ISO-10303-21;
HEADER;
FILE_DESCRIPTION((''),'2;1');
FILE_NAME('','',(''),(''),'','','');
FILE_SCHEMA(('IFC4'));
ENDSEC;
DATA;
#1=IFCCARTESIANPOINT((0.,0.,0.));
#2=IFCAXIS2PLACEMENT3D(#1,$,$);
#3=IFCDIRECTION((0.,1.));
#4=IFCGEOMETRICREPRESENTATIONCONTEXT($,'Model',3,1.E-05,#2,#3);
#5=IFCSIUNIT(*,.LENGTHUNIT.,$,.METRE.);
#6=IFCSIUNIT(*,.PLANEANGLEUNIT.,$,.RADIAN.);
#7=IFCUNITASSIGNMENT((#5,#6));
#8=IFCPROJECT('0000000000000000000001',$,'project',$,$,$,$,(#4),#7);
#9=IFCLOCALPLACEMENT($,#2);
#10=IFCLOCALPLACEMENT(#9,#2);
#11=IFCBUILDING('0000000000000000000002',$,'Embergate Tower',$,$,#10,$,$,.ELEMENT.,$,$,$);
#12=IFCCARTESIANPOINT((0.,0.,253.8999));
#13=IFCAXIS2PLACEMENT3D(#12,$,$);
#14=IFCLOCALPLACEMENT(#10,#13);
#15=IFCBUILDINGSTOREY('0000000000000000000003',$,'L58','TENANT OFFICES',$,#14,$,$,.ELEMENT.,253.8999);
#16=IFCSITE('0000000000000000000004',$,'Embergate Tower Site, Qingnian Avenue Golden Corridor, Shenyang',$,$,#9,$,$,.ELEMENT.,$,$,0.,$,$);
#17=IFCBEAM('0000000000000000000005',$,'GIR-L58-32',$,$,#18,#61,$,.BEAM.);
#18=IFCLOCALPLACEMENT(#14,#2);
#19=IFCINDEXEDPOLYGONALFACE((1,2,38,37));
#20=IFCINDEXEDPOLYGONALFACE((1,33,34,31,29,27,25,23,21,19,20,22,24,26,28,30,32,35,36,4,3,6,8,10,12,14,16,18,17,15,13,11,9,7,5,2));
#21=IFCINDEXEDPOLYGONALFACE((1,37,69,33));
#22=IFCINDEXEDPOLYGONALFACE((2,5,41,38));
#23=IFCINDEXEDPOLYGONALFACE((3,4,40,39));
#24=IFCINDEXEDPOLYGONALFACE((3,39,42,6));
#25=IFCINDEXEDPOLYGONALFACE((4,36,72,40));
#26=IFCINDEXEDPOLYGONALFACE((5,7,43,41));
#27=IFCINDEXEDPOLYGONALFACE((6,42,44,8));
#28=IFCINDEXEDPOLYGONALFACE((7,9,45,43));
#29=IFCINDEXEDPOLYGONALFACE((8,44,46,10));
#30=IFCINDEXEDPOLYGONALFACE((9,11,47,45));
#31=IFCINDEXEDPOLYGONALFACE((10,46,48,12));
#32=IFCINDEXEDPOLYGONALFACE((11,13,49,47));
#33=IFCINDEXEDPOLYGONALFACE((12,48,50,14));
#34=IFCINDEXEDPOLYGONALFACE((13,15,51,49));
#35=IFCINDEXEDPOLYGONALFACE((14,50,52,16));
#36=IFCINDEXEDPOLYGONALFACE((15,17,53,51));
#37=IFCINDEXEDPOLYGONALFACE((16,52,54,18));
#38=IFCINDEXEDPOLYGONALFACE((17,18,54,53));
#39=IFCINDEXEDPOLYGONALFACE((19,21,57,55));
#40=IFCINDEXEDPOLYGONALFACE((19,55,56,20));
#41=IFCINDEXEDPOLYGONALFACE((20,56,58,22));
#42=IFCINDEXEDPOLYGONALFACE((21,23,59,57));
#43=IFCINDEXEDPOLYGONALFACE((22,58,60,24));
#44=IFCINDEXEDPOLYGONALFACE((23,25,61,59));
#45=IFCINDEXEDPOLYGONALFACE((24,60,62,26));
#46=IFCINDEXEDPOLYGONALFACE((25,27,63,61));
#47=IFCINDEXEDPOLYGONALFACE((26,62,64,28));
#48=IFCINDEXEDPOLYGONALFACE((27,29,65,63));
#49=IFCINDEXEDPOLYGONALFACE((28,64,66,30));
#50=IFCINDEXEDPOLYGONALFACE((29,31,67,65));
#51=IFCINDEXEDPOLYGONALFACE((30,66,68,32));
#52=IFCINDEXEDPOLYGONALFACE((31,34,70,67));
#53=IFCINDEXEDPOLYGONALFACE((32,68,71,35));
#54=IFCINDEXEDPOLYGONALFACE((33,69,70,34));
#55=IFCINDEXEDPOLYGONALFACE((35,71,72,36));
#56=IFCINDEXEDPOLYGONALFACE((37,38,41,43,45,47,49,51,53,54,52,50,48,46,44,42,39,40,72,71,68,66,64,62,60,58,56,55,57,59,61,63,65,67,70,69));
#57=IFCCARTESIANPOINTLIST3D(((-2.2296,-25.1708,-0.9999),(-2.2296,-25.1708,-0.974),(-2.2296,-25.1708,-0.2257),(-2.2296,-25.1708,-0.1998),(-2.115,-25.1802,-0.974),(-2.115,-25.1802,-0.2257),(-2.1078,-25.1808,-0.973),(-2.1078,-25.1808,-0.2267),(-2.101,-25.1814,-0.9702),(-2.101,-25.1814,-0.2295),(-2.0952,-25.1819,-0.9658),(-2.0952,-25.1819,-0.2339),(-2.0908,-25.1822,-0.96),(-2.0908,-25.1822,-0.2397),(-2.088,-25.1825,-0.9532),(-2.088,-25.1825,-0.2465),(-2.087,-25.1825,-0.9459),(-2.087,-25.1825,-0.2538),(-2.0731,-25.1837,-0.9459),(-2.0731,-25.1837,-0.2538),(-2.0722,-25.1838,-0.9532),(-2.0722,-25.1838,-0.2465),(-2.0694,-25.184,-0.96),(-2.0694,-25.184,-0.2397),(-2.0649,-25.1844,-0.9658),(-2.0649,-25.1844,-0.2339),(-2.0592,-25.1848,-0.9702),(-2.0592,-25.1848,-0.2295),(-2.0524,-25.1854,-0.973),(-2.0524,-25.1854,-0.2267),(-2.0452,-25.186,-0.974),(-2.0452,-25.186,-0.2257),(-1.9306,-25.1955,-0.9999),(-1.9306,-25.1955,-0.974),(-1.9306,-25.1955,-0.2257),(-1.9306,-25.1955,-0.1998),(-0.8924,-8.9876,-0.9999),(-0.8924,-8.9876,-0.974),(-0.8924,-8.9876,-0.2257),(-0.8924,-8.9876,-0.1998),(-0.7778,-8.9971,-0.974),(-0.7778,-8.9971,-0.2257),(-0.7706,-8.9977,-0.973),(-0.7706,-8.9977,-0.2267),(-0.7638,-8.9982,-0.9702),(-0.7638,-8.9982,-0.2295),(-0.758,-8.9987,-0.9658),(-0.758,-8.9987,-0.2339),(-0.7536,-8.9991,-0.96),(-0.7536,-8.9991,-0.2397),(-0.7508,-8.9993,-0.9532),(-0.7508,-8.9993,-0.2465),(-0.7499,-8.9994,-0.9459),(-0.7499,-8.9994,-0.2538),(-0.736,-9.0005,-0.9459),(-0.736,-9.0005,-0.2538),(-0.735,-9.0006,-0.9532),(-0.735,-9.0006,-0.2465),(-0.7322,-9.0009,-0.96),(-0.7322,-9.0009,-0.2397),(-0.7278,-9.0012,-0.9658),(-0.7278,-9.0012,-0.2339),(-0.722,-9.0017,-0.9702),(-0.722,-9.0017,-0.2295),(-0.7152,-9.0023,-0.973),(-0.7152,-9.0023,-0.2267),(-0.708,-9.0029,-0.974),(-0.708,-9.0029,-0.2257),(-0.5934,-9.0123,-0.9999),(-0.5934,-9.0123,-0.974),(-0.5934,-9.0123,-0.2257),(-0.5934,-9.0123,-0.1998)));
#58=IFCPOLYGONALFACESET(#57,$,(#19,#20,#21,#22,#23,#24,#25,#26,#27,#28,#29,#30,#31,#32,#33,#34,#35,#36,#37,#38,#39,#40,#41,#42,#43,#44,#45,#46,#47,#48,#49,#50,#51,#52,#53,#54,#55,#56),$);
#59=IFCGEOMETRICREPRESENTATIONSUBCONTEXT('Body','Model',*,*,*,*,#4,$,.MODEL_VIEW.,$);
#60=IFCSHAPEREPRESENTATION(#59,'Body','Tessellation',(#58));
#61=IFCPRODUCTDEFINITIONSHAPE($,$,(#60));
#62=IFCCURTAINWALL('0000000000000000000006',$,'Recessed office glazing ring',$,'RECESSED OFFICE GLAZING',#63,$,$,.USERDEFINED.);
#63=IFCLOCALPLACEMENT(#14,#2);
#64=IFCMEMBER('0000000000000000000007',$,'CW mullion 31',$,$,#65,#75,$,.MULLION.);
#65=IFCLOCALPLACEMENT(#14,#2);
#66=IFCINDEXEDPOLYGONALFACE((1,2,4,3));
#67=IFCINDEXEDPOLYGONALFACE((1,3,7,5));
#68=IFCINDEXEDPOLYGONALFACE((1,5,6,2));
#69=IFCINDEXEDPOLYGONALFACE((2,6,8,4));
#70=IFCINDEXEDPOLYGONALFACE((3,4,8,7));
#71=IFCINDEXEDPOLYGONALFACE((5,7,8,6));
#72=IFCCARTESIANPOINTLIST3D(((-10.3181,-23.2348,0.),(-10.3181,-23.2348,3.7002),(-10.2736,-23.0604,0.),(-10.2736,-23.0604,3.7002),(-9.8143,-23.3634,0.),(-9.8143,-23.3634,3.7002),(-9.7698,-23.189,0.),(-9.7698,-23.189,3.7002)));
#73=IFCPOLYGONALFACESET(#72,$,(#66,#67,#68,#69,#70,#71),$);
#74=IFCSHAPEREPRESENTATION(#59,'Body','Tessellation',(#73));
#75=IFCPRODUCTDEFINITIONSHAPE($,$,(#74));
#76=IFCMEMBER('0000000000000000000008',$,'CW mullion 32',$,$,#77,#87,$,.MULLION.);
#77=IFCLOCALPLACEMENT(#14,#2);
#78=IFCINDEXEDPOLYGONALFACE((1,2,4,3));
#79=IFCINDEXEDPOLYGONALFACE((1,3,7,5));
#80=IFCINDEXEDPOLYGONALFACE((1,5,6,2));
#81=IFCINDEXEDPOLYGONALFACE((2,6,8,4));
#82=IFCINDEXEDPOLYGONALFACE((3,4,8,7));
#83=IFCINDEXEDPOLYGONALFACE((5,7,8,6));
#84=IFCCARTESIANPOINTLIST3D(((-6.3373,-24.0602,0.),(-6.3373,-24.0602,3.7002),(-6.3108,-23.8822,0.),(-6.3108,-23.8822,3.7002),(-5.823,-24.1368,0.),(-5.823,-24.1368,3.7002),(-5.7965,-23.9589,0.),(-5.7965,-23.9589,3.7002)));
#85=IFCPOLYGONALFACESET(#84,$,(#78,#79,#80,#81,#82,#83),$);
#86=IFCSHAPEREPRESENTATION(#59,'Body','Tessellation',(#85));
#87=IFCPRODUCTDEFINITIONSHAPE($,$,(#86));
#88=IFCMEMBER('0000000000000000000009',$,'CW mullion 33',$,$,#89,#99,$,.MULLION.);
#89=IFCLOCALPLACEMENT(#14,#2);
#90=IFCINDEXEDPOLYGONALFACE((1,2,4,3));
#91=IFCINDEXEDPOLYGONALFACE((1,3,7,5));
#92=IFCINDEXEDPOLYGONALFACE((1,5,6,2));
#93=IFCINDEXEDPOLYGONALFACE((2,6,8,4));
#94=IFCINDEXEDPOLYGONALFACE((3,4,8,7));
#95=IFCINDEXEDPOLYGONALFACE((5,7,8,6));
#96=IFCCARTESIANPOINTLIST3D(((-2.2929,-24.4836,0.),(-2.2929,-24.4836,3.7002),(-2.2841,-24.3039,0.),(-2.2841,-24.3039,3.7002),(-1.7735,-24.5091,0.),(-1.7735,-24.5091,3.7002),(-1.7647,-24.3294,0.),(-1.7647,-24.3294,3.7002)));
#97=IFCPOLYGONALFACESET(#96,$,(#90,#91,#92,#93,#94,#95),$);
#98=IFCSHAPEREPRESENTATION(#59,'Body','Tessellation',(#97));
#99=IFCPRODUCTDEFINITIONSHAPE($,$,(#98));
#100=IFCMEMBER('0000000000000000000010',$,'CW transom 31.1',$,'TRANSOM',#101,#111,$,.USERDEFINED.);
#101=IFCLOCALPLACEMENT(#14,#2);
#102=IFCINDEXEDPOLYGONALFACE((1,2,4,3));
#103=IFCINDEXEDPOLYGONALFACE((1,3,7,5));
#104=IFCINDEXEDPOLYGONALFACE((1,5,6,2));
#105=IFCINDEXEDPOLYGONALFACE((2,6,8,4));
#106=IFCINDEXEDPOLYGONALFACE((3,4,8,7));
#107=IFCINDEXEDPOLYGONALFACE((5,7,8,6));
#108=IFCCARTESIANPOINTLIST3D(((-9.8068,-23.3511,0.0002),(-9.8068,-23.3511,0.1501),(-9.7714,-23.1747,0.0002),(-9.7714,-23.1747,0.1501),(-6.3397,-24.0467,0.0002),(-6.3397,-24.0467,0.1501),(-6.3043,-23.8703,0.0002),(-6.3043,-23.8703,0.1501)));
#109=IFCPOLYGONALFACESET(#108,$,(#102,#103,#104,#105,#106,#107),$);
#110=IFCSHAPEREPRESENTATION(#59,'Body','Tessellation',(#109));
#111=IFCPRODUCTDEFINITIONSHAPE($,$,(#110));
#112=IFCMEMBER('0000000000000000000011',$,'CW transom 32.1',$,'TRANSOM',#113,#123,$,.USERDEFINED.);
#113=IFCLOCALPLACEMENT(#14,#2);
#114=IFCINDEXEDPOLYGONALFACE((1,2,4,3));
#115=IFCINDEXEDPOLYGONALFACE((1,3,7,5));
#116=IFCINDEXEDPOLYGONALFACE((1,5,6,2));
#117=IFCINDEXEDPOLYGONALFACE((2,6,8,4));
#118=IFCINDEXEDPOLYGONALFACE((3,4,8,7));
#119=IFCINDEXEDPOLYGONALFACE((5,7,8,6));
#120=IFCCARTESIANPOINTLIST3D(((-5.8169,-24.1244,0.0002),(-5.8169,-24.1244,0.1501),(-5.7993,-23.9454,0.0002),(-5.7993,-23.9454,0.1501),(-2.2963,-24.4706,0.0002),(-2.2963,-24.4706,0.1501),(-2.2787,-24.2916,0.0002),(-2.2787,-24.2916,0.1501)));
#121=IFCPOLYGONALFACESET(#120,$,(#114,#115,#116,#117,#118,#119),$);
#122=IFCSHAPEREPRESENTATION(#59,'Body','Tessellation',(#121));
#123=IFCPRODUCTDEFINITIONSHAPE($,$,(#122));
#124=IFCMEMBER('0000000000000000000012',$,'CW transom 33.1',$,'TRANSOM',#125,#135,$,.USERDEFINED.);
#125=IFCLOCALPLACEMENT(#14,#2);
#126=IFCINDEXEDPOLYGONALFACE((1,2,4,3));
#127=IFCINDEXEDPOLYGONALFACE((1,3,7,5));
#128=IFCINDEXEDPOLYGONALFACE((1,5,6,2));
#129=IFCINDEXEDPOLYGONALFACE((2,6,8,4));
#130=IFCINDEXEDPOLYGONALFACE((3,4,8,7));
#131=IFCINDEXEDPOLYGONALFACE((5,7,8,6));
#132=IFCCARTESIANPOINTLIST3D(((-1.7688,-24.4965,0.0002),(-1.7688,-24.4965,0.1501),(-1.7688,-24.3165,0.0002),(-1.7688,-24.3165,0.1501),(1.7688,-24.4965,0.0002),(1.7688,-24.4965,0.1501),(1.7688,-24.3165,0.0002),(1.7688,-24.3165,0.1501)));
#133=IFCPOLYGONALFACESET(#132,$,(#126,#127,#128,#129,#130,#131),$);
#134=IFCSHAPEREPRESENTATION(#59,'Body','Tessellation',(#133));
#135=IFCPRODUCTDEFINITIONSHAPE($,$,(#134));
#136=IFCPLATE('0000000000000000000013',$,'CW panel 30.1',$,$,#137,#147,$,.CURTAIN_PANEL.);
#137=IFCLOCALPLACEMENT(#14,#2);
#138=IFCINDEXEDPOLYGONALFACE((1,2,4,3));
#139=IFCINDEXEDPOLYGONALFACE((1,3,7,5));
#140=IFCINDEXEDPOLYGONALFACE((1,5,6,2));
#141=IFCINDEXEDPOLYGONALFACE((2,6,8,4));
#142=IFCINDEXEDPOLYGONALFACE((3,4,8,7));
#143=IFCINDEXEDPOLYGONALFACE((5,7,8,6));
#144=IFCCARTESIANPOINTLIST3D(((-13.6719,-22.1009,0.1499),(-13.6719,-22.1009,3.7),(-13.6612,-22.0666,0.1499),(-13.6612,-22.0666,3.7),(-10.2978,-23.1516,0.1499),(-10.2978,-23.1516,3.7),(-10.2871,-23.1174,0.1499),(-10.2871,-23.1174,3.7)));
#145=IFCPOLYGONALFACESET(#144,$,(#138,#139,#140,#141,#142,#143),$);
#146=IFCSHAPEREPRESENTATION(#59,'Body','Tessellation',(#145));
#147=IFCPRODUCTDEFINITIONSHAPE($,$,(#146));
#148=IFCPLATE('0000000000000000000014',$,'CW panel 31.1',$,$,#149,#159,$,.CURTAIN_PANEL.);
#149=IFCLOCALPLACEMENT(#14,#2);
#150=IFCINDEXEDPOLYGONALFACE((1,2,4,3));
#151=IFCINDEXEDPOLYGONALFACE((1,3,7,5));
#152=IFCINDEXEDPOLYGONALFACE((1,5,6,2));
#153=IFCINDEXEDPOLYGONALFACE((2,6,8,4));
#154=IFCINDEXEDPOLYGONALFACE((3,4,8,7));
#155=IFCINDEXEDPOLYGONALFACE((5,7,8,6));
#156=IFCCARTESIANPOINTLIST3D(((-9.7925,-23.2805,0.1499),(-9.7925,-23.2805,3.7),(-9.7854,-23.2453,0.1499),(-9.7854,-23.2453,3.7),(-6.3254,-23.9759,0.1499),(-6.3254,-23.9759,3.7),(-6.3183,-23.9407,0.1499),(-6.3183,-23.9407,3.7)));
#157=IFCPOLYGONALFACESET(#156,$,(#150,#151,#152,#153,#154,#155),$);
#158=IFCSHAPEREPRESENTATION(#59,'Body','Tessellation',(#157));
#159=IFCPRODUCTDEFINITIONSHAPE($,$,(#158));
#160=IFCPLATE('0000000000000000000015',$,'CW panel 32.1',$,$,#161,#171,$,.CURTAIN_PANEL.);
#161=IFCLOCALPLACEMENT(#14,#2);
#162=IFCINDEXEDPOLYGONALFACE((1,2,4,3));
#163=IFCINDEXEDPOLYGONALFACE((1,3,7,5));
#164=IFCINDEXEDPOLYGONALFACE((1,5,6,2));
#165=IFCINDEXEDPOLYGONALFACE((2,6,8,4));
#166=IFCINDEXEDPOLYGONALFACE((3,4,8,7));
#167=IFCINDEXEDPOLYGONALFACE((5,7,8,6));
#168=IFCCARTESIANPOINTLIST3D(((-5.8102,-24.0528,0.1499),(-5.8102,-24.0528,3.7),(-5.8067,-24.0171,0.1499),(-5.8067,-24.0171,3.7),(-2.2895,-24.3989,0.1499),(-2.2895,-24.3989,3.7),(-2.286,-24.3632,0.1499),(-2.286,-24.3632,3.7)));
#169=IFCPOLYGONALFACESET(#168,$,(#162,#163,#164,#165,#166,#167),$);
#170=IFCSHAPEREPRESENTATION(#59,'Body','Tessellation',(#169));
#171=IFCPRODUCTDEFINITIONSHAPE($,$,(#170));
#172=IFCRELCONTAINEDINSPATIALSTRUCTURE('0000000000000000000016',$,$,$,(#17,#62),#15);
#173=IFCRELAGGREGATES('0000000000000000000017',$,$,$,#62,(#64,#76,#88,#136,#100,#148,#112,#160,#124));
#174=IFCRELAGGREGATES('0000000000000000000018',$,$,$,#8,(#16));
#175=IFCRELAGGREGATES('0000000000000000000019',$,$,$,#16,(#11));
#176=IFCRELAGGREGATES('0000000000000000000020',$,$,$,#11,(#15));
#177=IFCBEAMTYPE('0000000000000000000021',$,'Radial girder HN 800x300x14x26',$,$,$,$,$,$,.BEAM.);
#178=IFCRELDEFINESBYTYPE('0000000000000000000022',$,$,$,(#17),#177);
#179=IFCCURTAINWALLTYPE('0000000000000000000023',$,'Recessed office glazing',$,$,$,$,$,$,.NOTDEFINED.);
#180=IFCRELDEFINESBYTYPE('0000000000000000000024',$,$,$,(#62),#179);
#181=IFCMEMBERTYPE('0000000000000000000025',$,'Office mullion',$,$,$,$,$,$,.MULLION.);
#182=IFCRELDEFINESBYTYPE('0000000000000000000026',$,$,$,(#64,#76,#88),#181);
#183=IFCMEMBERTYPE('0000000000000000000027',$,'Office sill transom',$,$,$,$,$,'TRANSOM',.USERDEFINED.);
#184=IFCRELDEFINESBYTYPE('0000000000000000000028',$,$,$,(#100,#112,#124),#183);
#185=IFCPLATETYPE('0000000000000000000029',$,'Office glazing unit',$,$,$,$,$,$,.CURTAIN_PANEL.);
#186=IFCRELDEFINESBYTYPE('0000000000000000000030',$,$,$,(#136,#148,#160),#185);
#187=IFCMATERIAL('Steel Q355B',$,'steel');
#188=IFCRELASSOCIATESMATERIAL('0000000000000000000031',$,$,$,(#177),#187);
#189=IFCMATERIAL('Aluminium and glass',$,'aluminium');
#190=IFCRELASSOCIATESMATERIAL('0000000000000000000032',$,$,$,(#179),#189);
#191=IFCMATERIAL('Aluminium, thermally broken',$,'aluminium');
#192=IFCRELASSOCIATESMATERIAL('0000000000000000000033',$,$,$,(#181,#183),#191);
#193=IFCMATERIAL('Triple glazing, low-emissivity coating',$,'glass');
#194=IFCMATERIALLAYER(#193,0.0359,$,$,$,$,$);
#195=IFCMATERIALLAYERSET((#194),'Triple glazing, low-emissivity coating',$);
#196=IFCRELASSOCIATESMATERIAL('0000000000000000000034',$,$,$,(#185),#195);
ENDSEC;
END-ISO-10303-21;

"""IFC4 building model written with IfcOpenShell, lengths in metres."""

from ifc_helpers import new_model, si_unit, direction, frame, origin, origin_2d, place, context, subcontext, project, spatial, rectangle, i_section, extrude, source, transform, mapped, material, layer, layer_set, material_profile, profile_set, type_object, element, aggregate, save


model = new_model("IFC4")

# Units and contexts
model_context = context("Model", 3, precision=1e-05, world=origin(), true_north=direction((0.0, 1.0)))
body_context = subcontext(model_context, "Body", "Model", "MODEL_VIEW")
ifc_project = project(units=[si_unit("LENGTHUNIT", "METRE"), si_unit("PLANEANGLEUNIT", "RADIAN")], contexts=[model_context])

# Site, building, storey
site_placement = place(None, origin())
site = spatial("IfcSite", under=ifc_project, at=site_placement, Name="Embergate Tower Site, Qingnian Avenue Golden Corridor, Shenyang", CompositionType="ELEMENT", RefElevation=0.0)
building_placement = place(site_placement, origin())
building = spatial("IfcBuilding", under=site, at=building_placement, Name="Embergate Tower", CompositionType="ELEMENT")
storey_placement = place(building_placement, frame((0.0, 0.0, 253.8999)))
storey = spatial("IfcBuildingStorey", under=building, at=storey_placement, Name="L58", Description="TENANT OFFICES", CompositionType="ELEMENT", Elevation=253.8999)

# Beam
ifc_material_1 = material(Name="Steel Q355B", Category="steel")
ifc_material_profile_1 = material_profile(ifc_material_1, i_section(OverallWidth=0.3, OverallDepth=0.8, WebThickness=0.0139, FlangeThickness=0.0259, FilletRadius=0.0281, at=origin_2d()), Name="HN 800x300x14x26")
ifc_profile_set_1 = profile_set([ifc_material_profile_1], Name="Steel Q355 grade B")
beam_type_1 = type_object("IfcBeamType", Name="Radial girder HN 800x300x14x26", PredefinedType="BEAM", material=ifc_profile_set_1)
shared_shape_1 = source(origin(), body_context, "Body", "SweptSolid", [
    extrude(i_section(OverallWidth=0.3, OverallDepth=0.8, WebThickness=0.0139, FlangeThickness=0.0259, FilletRadius=0.0281, at=origin_2d()), origin(), (0.0, 0.0, 1.0), 16.2383),
])
beam_1_placement = place(storey_placement, frame((-2.0801, -25.1831, -0.5999), z_axis=(0.082346, 0.996604, 0.0), x_axis=(-0.996604, 0.082346, 0.0)))
element("IfcBeam", 1, at=beam_1_placement, inside=storey, type_object=beam_type_1, Name="GIR-L58-32", PredefinedType="BEAM", context=body_context, shape_type="MappedRepresentation", body=[
    mapped(shared_shape_1, transform((0.0, 0.0, 0.0))),
])

# Curtain wall, members
ifc_material_2 = material(Name="Aluminium and glass", Category="aluminium")
curtain_wall_type = type_object("IfcCurtainWallType", Name="Recessed office glazing", PredefinedType="NOTDEFINED", material=ifc_material_2)
curtain_wall_placement = place(storey_placement, origin())
curtain_wall = element("IfcCurtainWall", 2, at=curtain_wall_placement, inside=storey, type_object=curtain_wall_type, Name="Recessed office glazing ring", ObjectType="RECESSED OFFICE GLAZING", PredefinedType="USERDEFINED")
ifc_material_3 = material(Name="Aluminium, thermally broken", Category="aluminium")
ifc_material_profile_2 = material_profile(ifc_material_3, rectangle(XDim=0.1799, YDim=0.52, at=origin_2d()), Name="AL 520x180")
ifc_profile_set_2 = profile_set([ifc_material_profile_2], Name="Aluminium, thermally broken")
member_type_1 = type_object("IfcMemberType", Name="Office mullion", PredefinedType="MULLION", material=ifc_profile_set_2)
shared_shape_2 = source(origin(), body_context, "Body", "SweptSolid", [
    extrude(rectangle(XDim=0.1799, YDim=0.52, at=origin_2d()), origin(), (0.0, 0.0, 1.0), 3.7002),
])
member_1_placement = place(storey_placement, frame((-10.0439, -23.2119, 0.0), z_axis=(0.0, 0.0, 1.0), x_axis=(0.247308, 0.968937, 0.0)))
member_1 = element("IfcMember", 3, at=member_1_placement, type_object=member_type_1, Name="CW mullion 31", PredefinedType="MULLION", context=body_context, shape_type="MappedRepresentation", body=[
    mapped(shared_shape_2, transform((0.0, 0.0, 0.0))),
])
member_2_placement = place(storey_placement, frame((-6.0669, -24.0095, 0.0), z_axis=(0.0, 0.0, 1.0), x_axis=(0.147411, 0.989075, 0.0)))
member_2 = element("IfcMember", 4, at=member_2_placement, type_object=member_type_1, Name="CW mullion 32", PredefinedType="MULLION", context=body_context, shape_type="MappedRepresentation", body=[
    mapped(shared_shape_2, transform((0.0, 0.0, 0.0))),
])
member_3_placement = place(storey_placement, frame((-2.0288, -24.4065, 0.0), z_axis=(0.0, 0.0, 1.0), x_axis=(0.04897, 0.9988, 0.0)))
member_3 = element("IfcMember", 5, at=member_3_placement, type_object=member_type_1, Name="CW mullion 33", PredefinedType="MULLION", context=body_context, shape_type="MappedRepresentation", body=[
    mapped(shared_shape_2, transform((0.0, 0.0, 0.0))),
])
ifc_material_profile_3 = material_profile(ifc_material_3, rectangle(XDim=0.1799, YDim=0.1499, at=origin_2d()), Name="AL 150x180")
ifc_profile_set_3 = profile_set([ifc_material_profile_3], Name="Aluminium, thermally broken")
member_type_2 = type_object("IfcMemberType", Name="Office sill transom", ElementType="TRANSOM", PredefinedType="USERDEFINED", material=ifc_profile_set_3)
shared_shape_3 = source(origin(), body_context, "Body", "SweptSolid", [
    extrude(rectangle(XDim=0.1799, YDim=0.1499, at=origin_2d()), origin(), (0.0, 0.0, 1.0), 3.5361),
])
member_4_placement = place(storey_placement, frame((-9.7891, -23.2629, 0.0752), z_axis=(0.980464, -0.1967, 0.0), x_axis=(0.1967, 0.980464, 0.0)))
member_4 = element("IfcMember", 6, at=member_4_placement, type_object=member_type_2, Name="CW transom 31.1", ObjectType="TRANSOM", PredefinedType="USERDEFINED", context=body_context, shape_type="MappedRepresentation", body=[
    mapped(shared_shape_3, transform((0.0, 0.0, 0.0))),
])
shared_shape_4 = source(origin(), body_context, "Body", "SweptSolid", [
    extrude(rectangle(XDim=0.1799, YDim=0.1499, at=origin_2d()), origin(), (0.0, 0.0, 1.0), 3.5376),
])
member_5_placement = place(storey_placement, frame((-5.8081, -24.0349, 0.0752), z_axis=(0.9952, -0.097864, 0.0), x_axis=(0.097864, 0.9952, 0.0)))
member_5 = element("IfcMember", 7, at=member_5_placement, type_object=member_type_2, Name="CW transom 32.1", ObjectType="TRANSOM", PredefinedType="USERDEFINED", context=body_context, shape_type="MappedRepresentation", body=[
    mapped(shared_shape_4, transform((0.0, 0.0, 0.0))),
])
member_6_placement = place(storey_placement, frame((-1.7688, -24.4065, 0.0752), z_axis=(1.0, 0.0, 0.0), x_axis=(0.0, 1.0, 0.0)))
member_6 = element("IfcMember", 8, at=member_6_placement, type_object=member_type_2, Name="CW transom 33.1", ObjectType="TRANSOM", PredefinedType="USERDEFINED", context=body_context, shape_type="MappedRepresentation", body=[
    mapped(shared_shape_4, transform((0.0, 0.0, 0.0))),
])

# Plates
ifc_material_4 = material(Name="Triple glazing, low-emissivity coating", Category="glass")
ifc_layer_1 = layer(ifc_material_4, 0.0359)
ifc_layer_set_1 = layer_set([ifc_layer_1], Name="Triple glazing, low-emissivity coating")
plate_type = type_object("IfcPlateType", Name="Office glazing unit", PredefinedType="CURTAIN_PANEL", material=ifc_layer_set_1)
shared_shape_5 = source(origin(), body_context, "Body", "SweptSolid", [
    extrude(rectangle(XDim=3.5339, YDim=0.0359, at=origin_2d()), origin(), (0.0, 0.0, 1.0), 3.55),
])
plate_1_placement = place(storey_placement, frame((-11.9795, -22.6091, 0.1499), z_axis=(0.0, 0.0, 1.0), x_axis=(0.954773, -0.297337, 0.0)))
plate_1 = element("IfcPlate", 9, at=plate_1_placement, type_object=plate_type, Name="CW panel 30.1", PredefinedType="CURTAIN_PANEL", context=body_context, shape_type="MappedRepresentation", body=[
    mapped(shared_shape_5, transform((0.0, 0.0, 0.0))),
])
shared_shape_6 = source(origin(), body_context, "Body", "SweptSolid", [
    extrude(rectangle(XDim=3.5361, YDim=0.0359, at=origin_2d()), origin(), (0.0, 0.0, 1.0), 3.55),
])
plate_2_placement = place(storey_placement, frame((-8.0554, -23.6106, 0.1499), z_axis=(0.0, 0.0, 1.0), x_axis=(0.980476, -0.196639, 0.0)))
plate_2 = element("IfcPlate", 10, at=plate_2_placement, type_object=plate_type, Name="CW panel 31.1", PredefinedType="CURTAIN_PANEL", context=body_context, shape_type="MappedRepresentation", body=[
    mapped(shared_shape_6, transform((0.0, 0.0, 0.0))),
])
shared_shape_7 = source(origin(), body_context, "Body", "SweptSolid", [
    extrude(rectangle(XDim=3.5376, YDim=0.0359, at=origin_2d()), origin(), (0.0, 0.0, 1.0), 3.55),
])
plate_3_placement = place(storey_placement, frame((-4.0481, -24.208, 0.1499), z_axis=(0.0, 0.0, 1.0), x_axis=(0.995203, -0.09783, 0.0)))
plate_3 = element("IfcPlate", 11, at=plate_3_placement, type_object=plate_type, Name="CW panel 32.1", PredefinedType="CURTAIN_PANEL", context=body_context, shape_type="MappedRepresentation", body=[
    mapped(shared_shape_7, transform((0.0, 0.0, 0.0))),
])
aggregate(curtain_wall, [member_1, member_2, member_3, plate_1, member_4, plate_2, member_5, plate_3, member_6])

save(model, "model.ifc")
